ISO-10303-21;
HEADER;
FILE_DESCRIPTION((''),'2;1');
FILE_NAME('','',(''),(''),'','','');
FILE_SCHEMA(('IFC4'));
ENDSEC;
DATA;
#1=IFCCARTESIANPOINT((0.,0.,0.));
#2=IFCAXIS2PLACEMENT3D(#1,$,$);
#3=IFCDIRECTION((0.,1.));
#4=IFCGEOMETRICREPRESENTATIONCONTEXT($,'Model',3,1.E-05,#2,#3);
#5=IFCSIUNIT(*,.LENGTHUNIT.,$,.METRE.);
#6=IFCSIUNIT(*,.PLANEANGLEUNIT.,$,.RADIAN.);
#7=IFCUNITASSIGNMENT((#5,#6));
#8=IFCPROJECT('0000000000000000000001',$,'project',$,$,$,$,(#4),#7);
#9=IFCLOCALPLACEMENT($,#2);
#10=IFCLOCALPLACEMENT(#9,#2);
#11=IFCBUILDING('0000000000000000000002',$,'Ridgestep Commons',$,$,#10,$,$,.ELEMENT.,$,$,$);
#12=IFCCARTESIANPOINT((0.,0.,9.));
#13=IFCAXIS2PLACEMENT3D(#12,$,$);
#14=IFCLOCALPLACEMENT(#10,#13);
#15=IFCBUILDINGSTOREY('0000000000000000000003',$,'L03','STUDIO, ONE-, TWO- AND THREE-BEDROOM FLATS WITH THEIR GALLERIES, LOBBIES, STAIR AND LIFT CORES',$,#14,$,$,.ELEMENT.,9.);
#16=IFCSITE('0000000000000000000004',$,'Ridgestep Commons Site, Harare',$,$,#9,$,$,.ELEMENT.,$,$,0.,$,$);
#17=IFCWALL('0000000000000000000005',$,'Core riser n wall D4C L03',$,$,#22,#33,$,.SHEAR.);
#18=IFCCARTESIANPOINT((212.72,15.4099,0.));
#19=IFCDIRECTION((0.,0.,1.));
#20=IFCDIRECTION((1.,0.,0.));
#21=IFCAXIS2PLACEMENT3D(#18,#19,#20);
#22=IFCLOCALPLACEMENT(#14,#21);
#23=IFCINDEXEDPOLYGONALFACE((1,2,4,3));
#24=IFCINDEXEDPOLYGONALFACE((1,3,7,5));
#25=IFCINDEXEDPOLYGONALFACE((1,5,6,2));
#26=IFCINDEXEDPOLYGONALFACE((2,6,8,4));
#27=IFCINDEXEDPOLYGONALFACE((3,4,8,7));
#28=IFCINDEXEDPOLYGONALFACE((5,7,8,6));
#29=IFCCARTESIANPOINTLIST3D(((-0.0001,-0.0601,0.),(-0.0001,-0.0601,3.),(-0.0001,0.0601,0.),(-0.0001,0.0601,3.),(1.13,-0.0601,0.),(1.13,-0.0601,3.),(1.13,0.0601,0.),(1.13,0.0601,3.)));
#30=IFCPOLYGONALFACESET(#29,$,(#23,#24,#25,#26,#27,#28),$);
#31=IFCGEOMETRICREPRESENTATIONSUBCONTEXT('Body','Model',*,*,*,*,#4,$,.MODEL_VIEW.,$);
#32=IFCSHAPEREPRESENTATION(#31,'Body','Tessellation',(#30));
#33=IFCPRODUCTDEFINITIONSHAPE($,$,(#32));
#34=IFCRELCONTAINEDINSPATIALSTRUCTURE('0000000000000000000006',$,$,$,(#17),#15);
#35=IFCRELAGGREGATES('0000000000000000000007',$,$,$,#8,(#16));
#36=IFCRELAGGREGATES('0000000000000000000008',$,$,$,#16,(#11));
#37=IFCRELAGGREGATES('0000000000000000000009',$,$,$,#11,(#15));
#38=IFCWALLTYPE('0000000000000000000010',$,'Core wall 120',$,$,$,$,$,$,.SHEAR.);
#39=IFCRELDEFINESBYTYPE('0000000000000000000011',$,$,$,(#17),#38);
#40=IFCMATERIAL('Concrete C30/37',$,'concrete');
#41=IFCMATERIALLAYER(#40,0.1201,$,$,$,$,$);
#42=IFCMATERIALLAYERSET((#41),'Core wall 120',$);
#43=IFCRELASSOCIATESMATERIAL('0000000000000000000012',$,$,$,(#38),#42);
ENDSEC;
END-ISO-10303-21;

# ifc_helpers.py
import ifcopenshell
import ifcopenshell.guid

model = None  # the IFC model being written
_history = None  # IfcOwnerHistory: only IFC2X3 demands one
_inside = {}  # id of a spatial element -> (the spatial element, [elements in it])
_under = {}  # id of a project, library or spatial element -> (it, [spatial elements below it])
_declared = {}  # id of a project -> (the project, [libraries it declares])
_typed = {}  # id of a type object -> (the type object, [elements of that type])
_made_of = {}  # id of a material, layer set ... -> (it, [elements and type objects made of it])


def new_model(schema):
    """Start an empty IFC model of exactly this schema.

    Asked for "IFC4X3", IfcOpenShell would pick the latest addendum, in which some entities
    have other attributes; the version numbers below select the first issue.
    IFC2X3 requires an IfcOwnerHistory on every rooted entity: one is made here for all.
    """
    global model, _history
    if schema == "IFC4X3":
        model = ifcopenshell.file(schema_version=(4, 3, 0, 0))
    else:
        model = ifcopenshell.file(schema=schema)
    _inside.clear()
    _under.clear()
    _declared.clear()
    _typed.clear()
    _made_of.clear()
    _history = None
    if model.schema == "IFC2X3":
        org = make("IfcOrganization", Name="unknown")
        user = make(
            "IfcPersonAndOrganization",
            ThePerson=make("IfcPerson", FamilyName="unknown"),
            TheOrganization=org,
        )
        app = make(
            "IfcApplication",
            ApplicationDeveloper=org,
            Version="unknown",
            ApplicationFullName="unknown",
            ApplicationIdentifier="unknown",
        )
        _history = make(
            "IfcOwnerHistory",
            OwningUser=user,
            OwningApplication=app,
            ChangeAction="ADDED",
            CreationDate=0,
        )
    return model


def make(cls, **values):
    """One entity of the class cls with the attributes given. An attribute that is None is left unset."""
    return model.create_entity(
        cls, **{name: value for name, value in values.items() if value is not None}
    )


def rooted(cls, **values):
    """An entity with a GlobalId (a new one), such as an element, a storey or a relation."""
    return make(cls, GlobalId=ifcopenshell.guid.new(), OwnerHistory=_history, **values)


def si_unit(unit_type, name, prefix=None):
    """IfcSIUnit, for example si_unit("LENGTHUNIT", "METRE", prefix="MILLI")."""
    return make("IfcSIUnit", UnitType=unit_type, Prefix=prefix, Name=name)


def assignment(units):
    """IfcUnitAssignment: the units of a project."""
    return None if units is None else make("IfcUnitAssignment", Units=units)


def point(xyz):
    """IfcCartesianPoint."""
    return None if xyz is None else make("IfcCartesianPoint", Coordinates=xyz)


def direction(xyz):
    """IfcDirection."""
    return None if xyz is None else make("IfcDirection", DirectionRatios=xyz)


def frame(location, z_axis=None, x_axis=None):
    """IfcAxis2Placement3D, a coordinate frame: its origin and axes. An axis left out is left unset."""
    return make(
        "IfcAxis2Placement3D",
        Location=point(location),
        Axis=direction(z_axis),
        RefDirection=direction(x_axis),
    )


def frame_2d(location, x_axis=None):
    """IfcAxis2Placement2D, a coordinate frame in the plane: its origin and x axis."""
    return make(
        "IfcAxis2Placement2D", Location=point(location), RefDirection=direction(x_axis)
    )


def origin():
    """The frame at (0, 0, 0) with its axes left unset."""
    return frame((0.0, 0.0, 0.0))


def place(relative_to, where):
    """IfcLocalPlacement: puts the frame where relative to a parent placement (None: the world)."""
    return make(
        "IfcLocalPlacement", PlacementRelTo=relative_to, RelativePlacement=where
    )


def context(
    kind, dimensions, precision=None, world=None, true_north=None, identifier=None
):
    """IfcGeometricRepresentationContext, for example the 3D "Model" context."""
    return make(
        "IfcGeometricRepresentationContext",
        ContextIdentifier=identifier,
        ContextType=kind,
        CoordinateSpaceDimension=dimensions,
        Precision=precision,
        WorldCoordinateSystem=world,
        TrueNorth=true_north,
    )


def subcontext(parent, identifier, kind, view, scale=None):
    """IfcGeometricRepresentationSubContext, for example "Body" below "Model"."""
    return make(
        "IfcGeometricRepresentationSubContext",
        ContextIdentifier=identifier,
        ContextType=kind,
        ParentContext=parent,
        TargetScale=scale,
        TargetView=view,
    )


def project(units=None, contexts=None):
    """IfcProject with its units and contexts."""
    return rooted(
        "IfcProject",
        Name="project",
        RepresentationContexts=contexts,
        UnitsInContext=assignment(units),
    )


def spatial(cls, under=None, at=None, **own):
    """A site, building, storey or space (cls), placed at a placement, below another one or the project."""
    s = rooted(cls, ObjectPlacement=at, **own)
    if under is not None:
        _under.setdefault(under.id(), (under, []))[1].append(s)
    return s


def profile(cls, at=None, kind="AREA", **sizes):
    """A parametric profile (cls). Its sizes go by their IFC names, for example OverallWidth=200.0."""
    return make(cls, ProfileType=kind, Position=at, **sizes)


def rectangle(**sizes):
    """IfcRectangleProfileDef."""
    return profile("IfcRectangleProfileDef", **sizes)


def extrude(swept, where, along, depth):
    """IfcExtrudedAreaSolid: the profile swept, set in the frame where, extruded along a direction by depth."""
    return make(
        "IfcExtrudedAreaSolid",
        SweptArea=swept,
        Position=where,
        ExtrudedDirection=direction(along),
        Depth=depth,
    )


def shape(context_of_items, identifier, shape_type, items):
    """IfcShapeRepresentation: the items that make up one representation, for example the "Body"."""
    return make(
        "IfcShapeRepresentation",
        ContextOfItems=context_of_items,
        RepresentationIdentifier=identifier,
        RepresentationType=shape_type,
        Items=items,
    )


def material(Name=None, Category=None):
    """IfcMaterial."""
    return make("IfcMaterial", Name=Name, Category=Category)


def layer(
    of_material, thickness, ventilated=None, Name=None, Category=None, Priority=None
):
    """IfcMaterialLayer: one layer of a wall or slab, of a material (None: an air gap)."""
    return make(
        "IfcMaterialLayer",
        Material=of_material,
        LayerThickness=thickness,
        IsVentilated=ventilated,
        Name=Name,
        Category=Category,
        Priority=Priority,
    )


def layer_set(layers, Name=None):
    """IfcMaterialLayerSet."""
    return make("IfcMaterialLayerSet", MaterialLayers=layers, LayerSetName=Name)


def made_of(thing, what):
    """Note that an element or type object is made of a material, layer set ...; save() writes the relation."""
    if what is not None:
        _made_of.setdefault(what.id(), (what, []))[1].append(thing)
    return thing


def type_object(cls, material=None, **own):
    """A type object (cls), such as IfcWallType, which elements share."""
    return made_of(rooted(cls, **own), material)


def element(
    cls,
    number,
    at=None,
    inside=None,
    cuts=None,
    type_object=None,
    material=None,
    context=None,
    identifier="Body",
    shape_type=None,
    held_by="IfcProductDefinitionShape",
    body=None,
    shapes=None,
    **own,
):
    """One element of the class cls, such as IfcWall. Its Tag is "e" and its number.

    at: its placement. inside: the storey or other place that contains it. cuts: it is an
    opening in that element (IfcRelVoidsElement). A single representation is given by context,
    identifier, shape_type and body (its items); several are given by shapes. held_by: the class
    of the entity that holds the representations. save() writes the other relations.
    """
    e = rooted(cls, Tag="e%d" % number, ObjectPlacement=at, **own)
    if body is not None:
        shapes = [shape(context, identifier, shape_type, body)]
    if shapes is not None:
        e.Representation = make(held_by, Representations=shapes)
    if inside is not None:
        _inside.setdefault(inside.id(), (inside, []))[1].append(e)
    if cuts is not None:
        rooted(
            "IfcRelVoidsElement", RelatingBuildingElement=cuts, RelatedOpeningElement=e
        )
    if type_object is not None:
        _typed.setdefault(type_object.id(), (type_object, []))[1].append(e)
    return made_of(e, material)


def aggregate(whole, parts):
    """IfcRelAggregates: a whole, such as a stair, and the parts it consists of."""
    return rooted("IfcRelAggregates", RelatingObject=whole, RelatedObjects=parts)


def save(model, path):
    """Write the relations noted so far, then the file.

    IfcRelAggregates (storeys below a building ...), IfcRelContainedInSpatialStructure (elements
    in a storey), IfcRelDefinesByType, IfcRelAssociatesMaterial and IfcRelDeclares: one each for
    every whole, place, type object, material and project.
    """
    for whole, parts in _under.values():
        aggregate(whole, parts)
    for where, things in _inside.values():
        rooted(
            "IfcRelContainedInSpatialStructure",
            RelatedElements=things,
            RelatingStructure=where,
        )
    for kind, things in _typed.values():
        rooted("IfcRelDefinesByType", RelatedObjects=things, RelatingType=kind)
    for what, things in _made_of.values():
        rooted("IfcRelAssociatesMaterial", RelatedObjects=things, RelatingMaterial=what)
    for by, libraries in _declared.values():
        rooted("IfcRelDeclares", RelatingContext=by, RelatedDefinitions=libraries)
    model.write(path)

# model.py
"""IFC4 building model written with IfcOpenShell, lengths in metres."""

from ifc_helpers import new_model, si_unit, direction, frame, frame_2d, origin, place, context, subcontext, project, spatial, rectangle, extrude, material, layer, layer_set, type_object, element, save


model = new_model("IFC4")

# Units and contexts
model_context = context("Model", 3, precision=1e-05, world=origin(), true_north=direction((0.0, 1.0)))
body_context = subcontext(model_context, "Body", "Model", "MODEL_VIEW")
ifc_project = project(units=[si_unit("LENGTHUNIT", "METRE"), si_unit("PLANEANGLEUNIT", "RADIAN")], contexts=[model_context])

# Site, building, storey
site_placement = place(None, origin())
site = spatial("IfcSite", under=ifc_project, at=site_placement, Name="Ridgestep Commons Site, Harare", CompositionType="ELEMENT", RefElevation=0.0)
building_placement = place(site_placement, origin())
building = spatial("IfcBuilding", under=site, at=building_placement, Name="Ridgestep Commons", CompositionType="ELEMENT")
storey_placement = place(building_placement, frame((0.0, 0.0, 9.0)))
storey = spatial("IfcBuildingStorey", under=building, at=storey_placement, Name="L03", Description="STUDIO, ONE-, TWO- AND THREE-BEDROOM FLATS WITH THEIR GALLERIES, LOBBIES, STAIR AND LIFT CORES", CompositionType="ELEMENT", Elevation=9.0)

# Shared definitions
ifc_material_1 = material(Name="Concrete C30/37", Category="concrete")
ifc_layer_1 = layer(ifc_material_1, 0.1201)
ifc_layer_set_1 = layer_set([ifc_layer_1], Name="Core wall 120")
wall_type_1 = type_object("IfcWallType", Name="Core wall 120", PredefinedType="SHEAR", material=ifc_layer_set_1)

# Wall
wall_1_placement = place(storey_placement, frame((212.72, 15.4099, 0.0), z_axis=(0.0, 0.0, 1.0), x_axis=(1.0, 0.0, 0.0)))
element("IfcWall", 1, at=wall_1_placement, inside=storey, type_object=wall_type_1, Name="Core riser n wall D4C L03", PredefinedType="SHEAR", context=body_context, shape_type="SweptSolid", body=[
    extrude(rectangle(XDim=1.1301, YDim=0.1201, at=frame_2d((0.5649, 0.0))), origin(), (0.0, 0.0, 1.0), 3.0),
])

save(model, "model.ifc")
